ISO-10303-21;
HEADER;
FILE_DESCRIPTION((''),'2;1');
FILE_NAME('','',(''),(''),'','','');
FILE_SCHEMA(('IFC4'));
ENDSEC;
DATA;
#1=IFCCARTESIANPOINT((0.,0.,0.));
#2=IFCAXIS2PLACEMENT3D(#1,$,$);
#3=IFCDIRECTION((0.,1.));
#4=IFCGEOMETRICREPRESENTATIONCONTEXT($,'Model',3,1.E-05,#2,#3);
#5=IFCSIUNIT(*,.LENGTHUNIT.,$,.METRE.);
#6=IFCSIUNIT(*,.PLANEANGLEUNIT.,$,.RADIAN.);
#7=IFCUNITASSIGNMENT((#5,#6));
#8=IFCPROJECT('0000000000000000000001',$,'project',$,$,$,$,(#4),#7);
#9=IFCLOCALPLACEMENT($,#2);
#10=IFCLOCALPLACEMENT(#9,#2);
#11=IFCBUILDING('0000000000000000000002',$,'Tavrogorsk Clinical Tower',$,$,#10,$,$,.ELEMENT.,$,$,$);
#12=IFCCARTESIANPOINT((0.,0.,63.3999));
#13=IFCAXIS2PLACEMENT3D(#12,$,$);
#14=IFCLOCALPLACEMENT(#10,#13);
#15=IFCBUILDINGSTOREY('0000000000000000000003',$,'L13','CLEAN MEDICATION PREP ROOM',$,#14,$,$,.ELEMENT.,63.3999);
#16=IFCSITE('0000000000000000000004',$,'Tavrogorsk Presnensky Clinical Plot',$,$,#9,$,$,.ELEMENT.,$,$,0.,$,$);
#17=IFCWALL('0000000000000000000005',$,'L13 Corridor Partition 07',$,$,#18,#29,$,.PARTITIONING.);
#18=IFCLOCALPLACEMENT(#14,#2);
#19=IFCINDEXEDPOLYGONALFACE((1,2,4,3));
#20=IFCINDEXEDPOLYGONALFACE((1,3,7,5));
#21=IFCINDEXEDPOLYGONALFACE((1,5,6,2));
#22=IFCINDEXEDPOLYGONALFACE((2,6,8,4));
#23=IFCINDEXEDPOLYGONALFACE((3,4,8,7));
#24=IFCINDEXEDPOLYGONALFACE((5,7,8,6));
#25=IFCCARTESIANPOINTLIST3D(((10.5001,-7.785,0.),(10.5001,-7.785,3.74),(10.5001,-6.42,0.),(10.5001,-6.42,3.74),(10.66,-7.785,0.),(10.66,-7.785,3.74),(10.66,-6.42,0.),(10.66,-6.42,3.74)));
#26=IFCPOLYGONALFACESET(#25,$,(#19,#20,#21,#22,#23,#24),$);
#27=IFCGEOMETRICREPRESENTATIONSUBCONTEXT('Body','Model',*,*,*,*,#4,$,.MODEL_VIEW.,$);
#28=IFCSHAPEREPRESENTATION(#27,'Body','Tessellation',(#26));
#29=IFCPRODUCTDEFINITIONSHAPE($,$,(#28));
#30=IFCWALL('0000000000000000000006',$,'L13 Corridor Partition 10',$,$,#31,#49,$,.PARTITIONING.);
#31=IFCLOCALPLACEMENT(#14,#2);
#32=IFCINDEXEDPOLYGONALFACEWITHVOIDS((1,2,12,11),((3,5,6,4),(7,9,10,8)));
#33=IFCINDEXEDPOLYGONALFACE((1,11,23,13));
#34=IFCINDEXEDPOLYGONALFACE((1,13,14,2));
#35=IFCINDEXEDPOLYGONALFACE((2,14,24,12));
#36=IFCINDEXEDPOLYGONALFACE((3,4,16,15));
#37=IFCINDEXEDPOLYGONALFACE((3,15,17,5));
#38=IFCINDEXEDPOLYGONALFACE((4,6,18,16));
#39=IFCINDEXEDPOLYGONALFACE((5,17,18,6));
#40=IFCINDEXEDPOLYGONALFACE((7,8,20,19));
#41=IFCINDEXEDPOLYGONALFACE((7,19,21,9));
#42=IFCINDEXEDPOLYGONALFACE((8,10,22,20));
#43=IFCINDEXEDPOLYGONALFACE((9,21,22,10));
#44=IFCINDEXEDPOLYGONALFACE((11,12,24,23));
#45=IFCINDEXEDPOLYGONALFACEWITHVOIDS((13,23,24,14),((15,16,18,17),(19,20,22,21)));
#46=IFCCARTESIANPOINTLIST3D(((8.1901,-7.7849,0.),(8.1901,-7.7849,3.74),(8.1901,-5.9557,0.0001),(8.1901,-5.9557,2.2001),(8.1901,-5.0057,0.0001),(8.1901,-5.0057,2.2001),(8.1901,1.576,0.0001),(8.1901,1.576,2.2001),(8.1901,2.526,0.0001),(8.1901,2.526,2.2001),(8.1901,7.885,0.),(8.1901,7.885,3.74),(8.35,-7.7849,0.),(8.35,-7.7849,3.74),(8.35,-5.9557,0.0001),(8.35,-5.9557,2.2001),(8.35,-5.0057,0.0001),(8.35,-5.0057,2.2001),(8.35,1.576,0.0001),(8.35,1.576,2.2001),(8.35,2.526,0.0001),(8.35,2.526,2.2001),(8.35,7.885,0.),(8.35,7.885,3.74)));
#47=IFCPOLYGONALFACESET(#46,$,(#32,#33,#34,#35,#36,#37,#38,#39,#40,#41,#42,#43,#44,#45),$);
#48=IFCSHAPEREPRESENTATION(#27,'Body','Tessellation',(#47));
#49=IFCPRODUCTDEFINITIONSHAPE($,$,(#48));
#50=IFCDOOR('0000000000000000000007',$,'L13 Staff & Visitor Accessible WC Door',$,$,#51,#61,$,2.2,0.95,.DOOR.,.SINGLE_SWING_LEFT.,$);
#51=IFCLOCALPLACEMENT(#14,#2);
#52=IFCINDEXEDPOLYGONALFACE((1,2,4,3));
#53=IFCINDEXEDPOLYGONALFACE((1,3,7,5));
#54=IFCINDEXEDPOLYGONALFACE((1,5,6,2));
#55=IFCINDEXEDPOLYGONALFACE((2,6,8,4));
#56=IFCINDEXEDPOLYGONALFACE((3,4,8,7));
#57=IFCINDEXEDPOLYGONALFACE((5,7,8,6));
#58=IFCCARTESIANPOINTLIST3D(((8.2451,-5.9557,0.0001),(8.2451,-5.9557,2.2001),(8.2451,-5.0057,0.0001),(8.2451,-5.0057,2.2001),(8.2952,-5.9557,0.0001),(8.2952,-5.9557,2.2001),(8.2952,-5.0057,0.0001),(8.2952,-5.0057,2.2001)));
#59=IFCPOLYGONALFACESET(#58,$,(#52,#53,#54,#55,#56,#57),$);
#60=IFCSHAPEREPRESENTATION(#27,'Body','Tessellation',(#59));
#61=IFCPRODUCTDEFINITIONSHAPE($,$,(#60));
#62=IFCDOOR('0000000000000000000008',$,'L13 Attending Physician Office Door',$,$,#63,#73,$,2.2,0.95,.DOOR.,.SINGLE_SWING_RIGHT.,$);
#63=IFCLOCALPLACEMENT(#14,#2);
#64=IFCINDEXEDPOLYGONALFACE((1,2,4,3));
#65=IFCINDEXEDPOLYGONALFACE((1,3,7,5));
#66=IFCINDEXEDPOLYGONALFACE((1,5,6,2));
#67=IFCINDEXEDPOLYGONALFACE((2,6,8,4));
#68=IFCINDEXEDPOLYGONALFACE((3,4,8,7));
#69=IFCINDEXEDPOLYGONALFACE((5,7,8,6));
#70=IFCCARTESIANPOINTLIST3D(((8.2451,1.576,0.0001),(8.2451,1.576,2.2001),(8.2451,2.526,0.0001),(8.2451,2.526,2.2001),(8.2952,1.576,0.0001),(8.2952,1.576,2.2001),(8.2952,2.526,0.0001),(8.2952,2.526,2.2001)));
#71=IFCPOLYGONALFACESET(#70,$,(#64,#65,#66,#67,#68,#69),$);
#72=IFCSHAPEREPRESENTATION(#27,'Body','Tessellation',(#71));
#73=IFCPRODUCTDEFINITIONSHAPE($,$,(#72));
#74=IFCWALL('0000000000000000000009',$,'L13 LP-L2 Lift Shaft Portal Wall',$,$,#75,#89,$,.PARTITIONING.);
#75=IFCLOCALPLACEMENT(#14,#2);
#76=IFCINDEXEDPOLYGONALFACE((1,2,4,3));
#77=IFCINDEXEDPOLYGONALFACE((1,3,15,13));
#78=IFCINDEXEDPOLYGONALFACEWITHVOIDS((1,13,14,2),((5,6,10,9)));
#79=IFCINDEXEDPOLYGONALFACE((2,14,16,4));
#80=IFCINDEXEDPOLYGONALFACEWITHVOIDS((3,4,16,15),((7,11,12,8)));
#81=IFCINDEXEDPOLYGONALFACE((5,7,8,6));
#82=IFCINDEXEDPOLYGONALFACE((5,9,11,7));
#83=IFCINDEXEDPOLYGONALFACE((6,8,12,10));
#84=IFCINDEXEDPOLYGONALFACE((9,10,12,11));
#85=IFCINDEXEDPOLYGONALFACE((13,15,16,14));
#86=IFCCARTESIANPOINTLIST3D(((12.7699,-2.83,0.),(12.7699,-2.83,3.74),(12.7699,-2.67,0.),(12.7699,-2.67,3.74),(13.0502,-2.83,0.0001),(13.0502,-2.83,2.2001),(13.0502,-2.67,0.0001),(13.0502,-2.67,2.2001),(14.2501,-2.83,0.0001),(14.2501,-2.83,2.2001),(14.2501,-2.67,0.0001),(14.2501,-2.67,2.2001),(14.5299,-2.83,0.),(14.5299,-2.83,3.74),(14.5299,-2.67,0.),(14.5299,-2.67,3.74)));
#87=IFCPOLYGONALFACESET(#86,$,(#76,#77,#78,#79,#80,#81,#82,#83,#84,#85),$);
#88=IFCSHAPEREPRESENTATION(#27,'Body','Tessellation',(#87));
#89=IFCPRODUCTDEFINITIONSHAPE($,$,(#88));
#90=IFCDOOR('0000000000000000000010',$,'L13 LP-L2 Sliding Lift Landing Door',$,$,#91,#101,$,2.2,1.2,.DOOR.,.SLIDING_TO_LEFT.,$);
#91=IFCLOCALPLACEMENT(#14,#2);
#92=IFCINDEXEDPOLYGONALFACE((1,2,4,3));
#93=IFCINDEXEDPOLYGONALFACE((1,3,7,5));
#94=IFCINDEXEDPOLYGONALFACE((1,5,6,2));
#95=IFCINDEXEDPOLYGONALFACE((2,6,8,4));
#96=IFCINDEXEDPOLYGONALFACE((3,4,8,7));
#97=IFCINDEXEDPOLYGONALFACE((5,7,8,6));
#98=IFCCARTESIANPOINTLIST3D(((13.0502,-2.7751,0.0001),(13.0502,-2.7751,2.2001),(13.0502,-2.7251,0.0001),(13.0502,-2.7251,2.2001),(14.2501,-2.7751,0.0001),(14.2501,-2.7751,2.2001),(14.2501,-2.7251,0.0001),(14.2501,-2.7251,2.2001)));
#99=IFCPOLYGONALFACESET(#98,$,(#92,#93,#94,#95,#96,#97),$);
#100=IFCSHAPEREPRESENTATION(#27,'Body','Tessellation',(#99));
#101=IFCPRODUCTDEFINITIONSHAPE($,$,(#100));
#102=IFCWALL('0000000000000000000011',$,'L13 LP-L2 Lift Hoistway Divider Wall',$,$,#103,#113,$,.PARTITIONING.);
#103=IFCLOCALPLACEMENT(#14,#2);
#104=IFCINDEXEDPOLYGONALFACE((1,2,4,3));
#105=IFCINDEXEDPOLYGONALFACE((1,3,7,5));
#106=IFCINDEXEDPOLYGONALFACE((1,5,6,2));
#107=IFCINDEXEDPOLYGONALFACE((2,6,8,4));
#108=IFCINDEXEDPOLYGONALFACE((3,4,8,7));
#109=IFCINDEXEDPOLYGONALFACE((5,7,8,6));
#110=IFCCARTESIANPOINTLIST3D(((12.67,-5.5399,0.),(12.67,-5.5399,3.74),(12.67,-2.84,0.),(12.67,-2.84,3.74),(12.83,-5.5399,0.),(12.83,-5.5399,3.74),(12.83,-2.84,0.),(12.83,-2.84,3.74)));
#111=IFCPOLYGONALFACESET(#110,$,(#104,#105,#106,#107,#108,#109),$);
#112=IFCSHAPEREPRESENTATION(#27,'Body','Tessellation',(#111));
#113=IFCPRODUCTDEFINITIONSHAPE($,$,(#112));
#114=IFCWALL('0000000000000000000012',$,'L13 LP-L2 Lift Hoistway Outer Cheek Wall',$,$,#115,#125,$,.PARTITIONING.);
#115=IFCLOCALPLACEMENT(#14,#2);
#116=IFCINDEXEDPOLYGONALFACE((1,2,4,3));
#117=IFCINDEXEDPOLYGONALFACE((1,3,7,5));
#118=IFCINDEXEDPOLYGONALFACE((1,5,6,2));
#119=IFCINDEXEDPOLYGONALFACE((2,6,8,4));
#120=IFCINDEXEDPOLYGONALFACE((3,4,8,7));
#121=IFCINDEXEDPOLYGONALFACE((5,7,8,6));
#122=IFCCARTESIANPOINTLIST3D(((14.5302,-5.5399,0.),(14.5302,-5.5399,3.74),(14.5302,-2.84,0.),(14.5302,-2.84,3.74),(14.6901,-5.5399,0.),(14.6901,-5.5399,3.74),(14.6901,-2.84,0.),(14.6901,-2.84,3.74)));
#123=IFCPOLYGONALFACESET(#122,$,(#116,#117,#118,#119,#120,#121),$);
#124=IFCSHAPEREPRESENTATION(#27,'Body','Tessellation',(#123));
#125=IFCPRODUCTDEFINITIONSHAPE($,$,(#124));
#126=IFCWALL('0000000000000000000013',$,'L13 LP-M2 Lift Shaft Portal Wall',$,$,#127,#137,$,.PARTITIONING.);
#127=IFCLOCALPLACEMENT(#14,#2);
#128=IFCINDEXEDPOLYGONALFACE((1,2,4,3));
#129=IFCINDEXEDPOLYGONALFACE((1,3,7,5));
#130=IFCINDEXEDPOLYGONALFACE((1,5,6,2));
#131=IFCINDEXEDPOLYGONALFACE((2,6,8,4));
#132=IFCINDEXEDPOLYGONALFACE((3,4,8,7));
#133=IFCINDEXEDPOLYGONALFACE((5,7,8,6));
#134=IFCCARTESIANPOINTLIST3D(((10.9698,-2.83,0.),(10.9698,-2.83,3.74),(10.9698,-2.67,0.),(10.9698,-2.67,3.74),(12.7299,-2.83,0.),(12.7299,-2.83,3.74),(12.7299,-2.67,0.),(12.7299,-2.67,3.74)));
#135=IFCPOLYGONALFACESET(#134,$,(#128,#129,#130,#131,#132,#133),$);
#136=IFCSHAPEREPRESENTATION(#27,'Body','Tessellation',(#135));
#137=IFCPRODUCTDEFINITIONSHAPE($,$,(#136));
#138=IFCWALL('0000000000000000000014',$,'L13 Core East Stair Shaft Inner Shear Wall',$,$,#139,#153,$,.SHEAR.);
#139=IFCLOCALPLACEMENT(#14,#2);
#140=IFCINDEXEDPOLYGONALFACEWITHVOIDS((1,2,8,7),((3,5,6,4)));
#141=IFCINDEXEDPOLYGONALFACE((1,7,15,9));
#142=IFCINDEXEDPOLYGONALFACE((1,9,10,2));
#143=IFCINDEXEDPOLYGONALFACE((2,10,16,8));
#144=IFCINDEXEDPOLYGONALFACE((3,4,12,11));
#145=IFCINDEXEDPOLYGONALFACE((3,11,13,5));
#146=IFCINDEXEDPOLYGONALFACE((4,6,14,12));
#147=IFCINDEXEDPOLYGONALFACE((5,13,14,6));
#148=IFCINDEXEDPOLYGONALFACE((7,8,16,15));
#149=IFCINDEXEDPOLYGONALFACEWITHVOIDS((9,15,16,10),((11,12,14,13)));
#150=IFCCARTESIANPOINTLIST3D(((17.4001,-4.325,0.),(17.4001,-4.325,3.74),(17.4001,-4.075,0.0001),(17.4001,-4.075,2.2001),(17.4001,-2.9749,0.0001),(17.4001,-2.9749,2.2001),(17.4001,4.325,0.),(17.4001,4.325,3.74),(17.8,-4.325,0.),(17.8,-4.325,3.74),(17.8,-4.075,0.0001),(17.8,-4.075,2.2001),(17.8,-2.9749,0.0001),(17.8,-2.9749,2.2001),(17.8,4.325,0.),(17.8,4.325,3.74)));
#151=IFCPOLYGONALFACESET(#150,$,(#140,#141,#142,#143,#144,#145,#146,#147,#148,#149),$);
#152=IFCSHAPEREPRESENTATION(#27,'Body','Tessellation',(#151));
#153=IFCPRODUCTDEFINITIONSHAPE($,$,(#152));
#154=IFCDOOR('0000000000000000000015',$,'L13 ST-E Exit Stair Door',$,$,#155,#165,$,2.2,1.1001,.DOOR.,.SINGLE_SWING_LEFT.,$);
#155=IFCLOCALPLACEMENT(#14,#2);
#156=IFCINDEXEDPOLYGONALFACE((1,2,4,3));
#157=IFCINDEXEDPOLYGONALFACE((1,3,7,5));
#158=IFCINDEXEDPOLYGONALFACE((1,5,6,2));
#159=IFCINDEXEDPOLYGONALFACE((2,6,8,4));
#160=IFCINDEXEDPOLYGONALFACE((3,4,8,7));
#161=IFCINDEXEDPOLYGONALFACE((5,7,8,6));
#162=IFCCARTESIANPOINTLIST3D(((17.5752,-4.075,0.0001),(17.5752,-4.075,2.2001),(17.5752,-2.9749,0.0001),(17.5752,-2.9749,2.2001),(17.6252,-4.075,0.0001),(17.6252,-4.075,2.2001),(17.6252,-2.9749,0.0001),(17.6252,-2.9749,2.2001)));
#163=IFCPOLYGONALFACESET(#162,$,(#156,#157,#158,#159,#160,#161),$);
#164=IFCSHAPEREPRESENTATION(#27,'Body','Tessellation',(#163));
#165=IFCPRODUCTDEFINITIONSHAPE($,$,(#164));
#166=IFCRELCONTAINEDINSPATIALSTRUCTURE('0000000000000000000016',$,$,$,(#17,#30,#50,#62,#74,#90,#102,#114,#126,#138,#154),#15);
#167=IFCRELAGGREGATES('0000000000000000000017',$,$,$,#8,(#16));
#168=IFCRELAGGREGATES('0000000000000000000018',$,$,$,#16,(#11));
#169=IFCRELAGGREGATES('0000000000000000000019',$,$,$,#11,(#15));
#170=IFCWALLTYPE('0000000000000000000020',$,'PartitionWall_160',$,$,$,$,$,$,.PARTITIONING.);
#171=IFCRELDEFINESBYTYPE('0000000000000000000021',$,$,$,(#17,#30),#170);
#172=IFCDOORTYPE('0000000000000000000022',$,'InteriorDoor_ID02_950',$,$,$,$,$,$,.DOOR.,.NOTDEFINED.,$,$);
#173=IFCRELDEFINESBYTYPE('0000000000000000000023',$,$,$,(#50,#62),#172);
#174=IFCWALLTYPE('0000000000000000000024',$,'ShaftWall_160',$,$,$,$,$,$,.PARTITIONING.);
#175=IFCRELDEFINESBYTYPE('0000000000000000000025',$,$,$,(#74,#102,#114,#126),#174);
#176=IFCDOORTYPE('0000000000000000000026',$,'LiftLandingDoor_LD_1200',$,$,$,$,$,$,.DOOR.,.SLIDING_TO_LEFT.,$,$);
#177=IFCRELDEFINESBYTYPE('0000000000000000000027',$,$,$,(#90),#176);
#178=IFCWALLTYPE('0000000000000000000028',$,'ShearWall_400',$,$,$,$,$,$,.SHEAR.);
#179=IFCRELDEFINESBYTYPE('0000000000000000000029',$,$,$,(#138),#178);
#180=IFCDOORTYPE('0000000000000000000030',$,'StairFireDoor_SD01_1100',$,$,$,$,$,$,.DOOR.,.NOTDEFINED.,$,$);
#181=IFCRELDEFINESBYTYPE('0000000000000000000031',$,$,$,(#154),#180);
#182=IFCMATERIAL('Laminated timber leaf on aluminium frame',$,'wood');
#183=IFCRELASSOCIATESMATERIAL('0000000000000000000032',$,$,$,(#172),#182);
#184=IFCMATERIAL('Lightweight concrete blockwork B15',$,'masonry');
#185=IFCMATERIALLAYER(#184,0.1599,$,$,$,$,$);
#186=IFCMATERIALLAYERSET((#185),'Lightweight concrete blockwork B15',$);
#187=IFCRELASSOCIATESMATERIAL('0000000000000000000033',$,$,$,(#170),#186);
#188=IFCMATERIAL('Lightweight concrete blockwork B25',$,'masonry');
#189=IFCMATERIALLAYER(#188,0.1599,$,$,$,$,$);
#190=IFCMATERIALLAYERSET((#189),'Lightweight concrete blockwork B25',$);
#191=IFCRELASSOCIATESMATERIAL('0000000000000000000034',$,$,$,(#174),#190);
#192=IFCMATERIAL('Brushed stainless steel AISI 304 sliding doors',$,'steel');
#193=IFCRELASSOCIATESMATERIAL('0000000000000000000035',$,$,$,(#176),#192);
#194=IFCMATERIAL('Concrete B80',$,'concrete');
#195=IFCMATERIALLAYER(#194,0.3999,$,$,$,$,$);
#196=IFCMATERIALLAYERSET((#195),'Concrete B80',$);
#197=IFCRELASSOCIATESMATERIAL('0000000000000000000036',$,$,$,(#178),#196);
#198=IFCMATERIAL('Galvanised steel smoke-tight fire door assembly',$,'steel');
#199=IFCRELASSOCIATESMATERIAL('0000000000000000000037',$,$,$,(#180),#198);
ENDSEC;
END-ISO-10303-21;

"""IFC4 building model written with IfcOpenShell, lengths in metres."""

from ifc_helpers import new_model, si_unit, direction, frame, frame_2d, origin, place, context, subcontext, project, spatial, rectangle, extrude, material, layer, layer_set, type_object, element, fill, save


model = new_model("IFC4")

# Units and contexts
model_context = context("Model", 3, precision=1e-05, world=origin(), true_north=direction((0.0, 1.0)))
body_context = subcontext(model_context, "Body", "Model", "MODEL_VIEW")
ifc_project = project(units=[si_unit("LENGTHUNIT", "METRE"), si_unit("PLANEANGLEUNIT", "RADIAN")], contexts=[model_context])

# Site, building, storey
site_placement = place(None, origin())
site = spatial("IfcSite", under=ifc_project, at=site_placement, Name="Tavrogorsk Presnensky Clinical Plot", CompositionType="ELEMENT", RefElevation=0.0)
building_placement = place(site_placement, origin())
building = spatial("IfcBuilding", under=site, at=building_placement, Name="Tavrogorsk Clinical Tower", CompositionType="ELEMENT")
storey_placement = place(building_placement, frame((0.0, 0.0, 63.3999)))
storey = spatial("IfcBuildingStorey", under=building, at=storey_placement, Name="L13", Description="CLEAN MEDICATION PREP ROOM", CompositionType="ELEMENT", Elevation=63.3999)

# Shared definitions
ifc_material_1 = material(Name="Laminated timber leaf on aluminium frame", Category="wood")
door_type_1 = type_object("IfcDoorType", Name="InteriorDoor_ID02_950", OperationType="NOTDEFINED", PredefinedType="DOOR", material=ifc_material_1)

# Wall
ifc_material_2 = material(Name="Lightweight concrete blockwork B15", Category="masonry")
ifc_layer_1 = layer(ifc_material_2, 0.1599)
ifc_layer_set_1 = layer_set([ifc_layer_1], Name="Lightweight concrete blockwork B15")
wall_type_1 = type_object("IfcWallType", Name="PartitionWall_160", PredefinedType="PARTITIONING", material=ifc_layer_set_1)
wall_1_placement = place(storey_placement, frame((10.5801, -6.4199, 0.0), z_axis=(0.0, 0.0, 1.0), x_axis=(0.0, -1.0, 0.0)))
element("IfcWall", 1, at=wall_1_placement, inside=storey, type_object=wall_type_1, Name="L13 Corridor Partition 07", PredefinedType="PARTITIONING", context=body_context, shape_type="SweptSolid", body=[
    extrude(rectangle(XDim=1.365, YDim=0.1599, at=frame_2d((0.6826, 0.0))), origin(), (0.0, 0.0, 1.0), 3.74),
])

# Wall, openings, doors
wall_2_placement = place(storey_placement, frame((8.27, -7.7849, 0.0), z_axis=(0.0, 0.0, 1.0), x_axis=(0.0, 1.0, 0.0)))
wall_2 = element("IfcWall", 2, at=wall_2_placement, inside=storey, type_object=wall_type_1, Name="L13 Corridor Partition 10", PredefinedType="PARTITIONING", context=body_context, shape_type="SweptSolid", body=[
    extrude(rectangle(XDim=15.6699, YDim=0.1599, at=frame_2d((7.835, 0.0))), origin(), (0.0, 0.0, 1.0), 3.74),
])
opening_1_placement = place(wall_2_placement, frame((1.8291, 0.0, 0.0)))
opening_1 = element("IfcOpeningElement", 3, at=opening_1_placement, cuts=wall_2, PredefinedType="OPENING", context=body_context, shape_type="SweptSolid", body=[
    extrude(rectangle(XDim=0.95, YDim=2.2, at=frame_2d((0.4751, 1.1001))), frame((0.0, 0.0898, 0.0), z_axis=(0.0, -1.0, 0.0), x_axis=(1.0, 0.0, 0.0)), (0.0, 0.0, 1.0), 0.1799),
])
opening_2_placement = place(wall_2_placement, frame((9.3608, 0.0, 0.0)))
opening_2 = element("IfcOpeningElement", 4, at=opening_2_placement, cuts=wall_2, PredefinedType="OPENING", context=body_context, shape_type="SweptSolid", body=[
    extrude(rectangle(XDim=0.95, YDim=2.2, at=frame_2d((0.4751, 1.1001))), frame((0.0, 0.0898, 0.0), z_axis=(0.0, -1.0, 0.0), x_axis=(1.0, 0.0, 0.0)), (0.0, 0.0, 1.0), 0.1799),
])
door_1_placement = place(opening_1_placement, origin())
door_1 = element("IfcDoor", 5, at=door_1_placement, inside=storey, type_object=door_type_1, Name="L13 Staff & Visitor Accessible WC Door", OperationType="SINGLE_SWING_LEFT", OverallHeight=2.2, OverallWidth=0.95, PredefinedType="DOOR", context=body_context, shape_type="SweptSolid", body=[
    extrude(rectangle(XDim=0.95, YDim=2.2, at=frame_2d((0.4751, 1.1001))), frame((0.0, 0.0249, 0.0), z_axis=(0.0, -1.0, 0.0), x_axis=(1.0, 0.0, 0.0)), (0.0, 0.0, 1.0), 0.05),
])
fill(opening_1, door_1)
door_2_placement = place(opening_2_placement, origin())
door_2 = element("IfcDoor", 6, at=door_2_placement, inside=storey, type_object=door_type_1, Name="L13 Attending Physician Office Door", OperationType="SINGLE_SWING_RIGHT", OverallHeight=2.2, OverallWidth=0.95, PredefinedType="DOOR", context=body_context, shape_type="SweptSolid", body=[
    extrude(rectangle(XDim=0.95, YDim=2.2, at=frame_2d((0.4751, 1.1001))), frame((0.0, 0.0249, 0.0), z_axis=(0.0, -1.0, 0.0), x_axis=(1.0, 0.0, 0.0)), (0.0, 0.0, 1.0), 0.05),
])
fill(opening_2, door_2)

# Wall, opening, door
ifc_material_3 = material(Name="Lightweight concrete blockwork B25", Category="masonry")
ifc_layer_2 = layer(ifc_material_3, 0.1599)
ifc_layer_set_2 = layer_set([ifc_layer_2], Name="Lightweight concrete blockwork B25")
wall_type_2 = type_object("IfcWallType", Name="ShaftWall_160", PredefinedType="PARTITIONING", material=ifc_layer_set_2)
wall_3_placement = place(storey_placement, frame((12.77, -2.75, 0.0), z_axis=(0.0, 0.0, 1.0), x_axis=(1.0, 0.0, 0.0)))
wall_3 = element("IfcWall", 7, at=wall_3_placement, inside=storey, type_object=wall_type_2, Name="L13 LP-L2 Lift Shaft Portal Wall", PredefinedType="PARTITIONING", context=body_context, shape_type="SweptSolid", body=[
    extrude(rectangle(XDim=1.76, YDim=0.1599, at=frame_2d((0.8799, 0.0))), origin(), (0.0, 0.0, 1.0), 3.74),
])
opening_3_placement = place(wall_3_placement, frame((0.28, 0.0, 0.0)))
opening_3 = element("IfcOpeningElement", 8, at=opening_3_placement, cuts=wall_3, PredefinedType="OPENING", context=body_context, shape_type="SweptSolid", body=[
    extrude(rectangle(XDim=1.2, YDim=2.2, at=frame_2d((0.6001, 1.1001))), frame((0.0, 0.0898, 0.0), z_axis=(0.0, -1.0, 0.0), x_axis=(1.0, 0.0, 0.0)), (0.0, 0.0, 1.0), 0.1799),
])
ifc_material_4 = material(Name="Brushed stainless steel AISI 304 sliding doors", Category="steel")
door_type_2 = type_object("IfcDoorType", Name="LiftLandingDoor_LD_1200", OperationType="SLIDING_TO_LEFT", PredefinedType="DOOR", material=ifc_material_4)
door_3_placement = place(opening_3_placement, origin())
door_3 = element("IfcDoor", 9, at=door_3_placement, inside=storey, type_object=door_type_2, Name="L13 LP-L2 Sliding Lift Landing Door", OperationType="SLIDING_TO_LEFT", OverallHeight=2.2, OverallWidth=1.2, PredefinedType="DOOR", context=body_context, shape_type="SweptSolid", body=[
    extrude(rectangle(XDim=1.2, YDim=2.2, at=frame_2d((0.6001, 1.1001))), frame((0.0, 0.0249, 0.0), z_axis=(0.0, -1.0, 0.0), x_axis=(1.0, 0.0, 0.0)), (0.0, 0.0, 1.0), 0.05),
])
fill(opening_3, door_3)

# Walls
for number, where, z_axis, x_axis, name in (
    (10, (12.75, -5.54, 0.0), (0.0, 0.0, 1.0), (0.0, 1.0, 0.0), "L13 LP-L2 Lift Hoistway Divider Wall"),
    (11, (14.6101, -5.54, 0.0), (0.0, 0.0, 1.0), (0.0, 1.0, 0.0), "L13 LP-L2 Lift Hoistway Outer Cheek Wall"),
):
    element("IfcWall", number, at=place(storey_placement, frame(where, z_axis=z_axis, x_axis=x_axis)), inside=storey, type_object=wall_type_2, Name=name, PredefinedType="PARTITIONING", context=body_context, shape_type="SweptSolid", body=[
        extrude(rectangle(XDim=2.7, YDim=0.1599, at=frame_2d((1.3501, 0.0))), origin(), (0.0, 0.0, 1.0), 3.74),
    ])
wall_4_placement = place(storey_placement, frame((10.97, -2.75, 0.0), z_axis=(0.0, 0.0, 1.0), x_axis=(1.0, 0.0, 0.0)))
element("IfcWall", 12, at=wall_4_placement, inside=storey, type_object=wall_type_2, Name="L13 LP-M2 Lift Shaft Portal Wall", PredefinedType="PARTITIONING", context=body_context, shape_type="SweptSolid", body=[
    extrude(rectangle(XDim=1.76, YDim=0.1599, at=frame_2d((0.8799, 0.0))), origin(), (0.0, 0.0, 1.0), 3.74),
])

# Wall, opening, door
ifc_material_5 = material(Name="Concrete B80", Category="concrete")
ifc_layer_3 = layer(ifc_material_5, 0.3999)
ifc_layer_set_3 = layer_set([ifc_layer_3], Name="Concrete B80")
wall_type_3 = type_object("IfcWallType", Name="ShearWall_400", PredefinedType="SHEAR", material=ifc_layer_set_3)
wall_5_placement = place(storey_placement, frame((17.6001, -4.325, 0.0), z_axis=(0.0, 0.0, 1.0), x_axis=(0.0, 1.0, 0.0)))
wall_5 = element("IfcWall", 13, at=wall_5_placement, inside=storey, type_object=wall_type_3, Name="L13 Core East Stair Shaft Inner Shear Wall", PredefinedType="SHEAR", context=body_context, shape_type="SweptSolid", body=[
    extrude(rectangle(XDim=8.6499, YDim=0.3999, at=frame_2d((4.325, 0.0))), origin(), (0.0, 0.0, 1.0), 3.74),
])
opening_4_placement = place(wall_5_placement, frame((0.25, 0.0, 0.0)))
opening_4 = element("IfcOpeningElement", 14, at=opening_4_placement, cuts=wall_5, PredefinedType="OPENING", context=body_context, shape_type="SweptSolid", body=[
    extrude(rectangle(XDim=1.1001, YDim=2.2, at=frame_2d((0.55, 1.1001))), frame((0.0, 0.21, 0.0), z_axis=(0.0, -1.0, 0.0), x_axis=(1.0, 0.0, 0.0)), (0.0, 0.0, 1.0), 0.4199),
])
ifc_material_6 = material(Name="Galvanised steel smoke-tight fire door assembly", Category="steel")
door_type_3 = type_object("IfcDoorType", Name="StairFireDoor_SD01_1100", OperationType="NOTDEFINED", PredefinedType="DOOR", material=ifc_material_6)
door_4_placement = place(opening_4_placement, origin())
door_4 = element("IfcDoor", 15, at=door_4_placement, inside=storey, type_object=door_type_3, Name="L13 ST-E Exit Stair Door", OperationType="SINGLE_SWING_LEFT", OverallHeight=2.2, OverallWidth=1.1001, PredefinedType="DOOR", context=body_context, shape_type="SweptSolid", body=[
    extrude(rectangle(XDim=1.1001, YDim=2.2, at=frame_2d((0.55, 1.1001))), frame((0.0, 0.0249, 0.0), z_axis=(0.0, -1.0, 0.0), x_axis=(1.0, 0.0, 0.0)), (0.0, 0.0, 1.0), 0.05),
])
fill(opening_4, door_4)

save(model, "model.ifc")
